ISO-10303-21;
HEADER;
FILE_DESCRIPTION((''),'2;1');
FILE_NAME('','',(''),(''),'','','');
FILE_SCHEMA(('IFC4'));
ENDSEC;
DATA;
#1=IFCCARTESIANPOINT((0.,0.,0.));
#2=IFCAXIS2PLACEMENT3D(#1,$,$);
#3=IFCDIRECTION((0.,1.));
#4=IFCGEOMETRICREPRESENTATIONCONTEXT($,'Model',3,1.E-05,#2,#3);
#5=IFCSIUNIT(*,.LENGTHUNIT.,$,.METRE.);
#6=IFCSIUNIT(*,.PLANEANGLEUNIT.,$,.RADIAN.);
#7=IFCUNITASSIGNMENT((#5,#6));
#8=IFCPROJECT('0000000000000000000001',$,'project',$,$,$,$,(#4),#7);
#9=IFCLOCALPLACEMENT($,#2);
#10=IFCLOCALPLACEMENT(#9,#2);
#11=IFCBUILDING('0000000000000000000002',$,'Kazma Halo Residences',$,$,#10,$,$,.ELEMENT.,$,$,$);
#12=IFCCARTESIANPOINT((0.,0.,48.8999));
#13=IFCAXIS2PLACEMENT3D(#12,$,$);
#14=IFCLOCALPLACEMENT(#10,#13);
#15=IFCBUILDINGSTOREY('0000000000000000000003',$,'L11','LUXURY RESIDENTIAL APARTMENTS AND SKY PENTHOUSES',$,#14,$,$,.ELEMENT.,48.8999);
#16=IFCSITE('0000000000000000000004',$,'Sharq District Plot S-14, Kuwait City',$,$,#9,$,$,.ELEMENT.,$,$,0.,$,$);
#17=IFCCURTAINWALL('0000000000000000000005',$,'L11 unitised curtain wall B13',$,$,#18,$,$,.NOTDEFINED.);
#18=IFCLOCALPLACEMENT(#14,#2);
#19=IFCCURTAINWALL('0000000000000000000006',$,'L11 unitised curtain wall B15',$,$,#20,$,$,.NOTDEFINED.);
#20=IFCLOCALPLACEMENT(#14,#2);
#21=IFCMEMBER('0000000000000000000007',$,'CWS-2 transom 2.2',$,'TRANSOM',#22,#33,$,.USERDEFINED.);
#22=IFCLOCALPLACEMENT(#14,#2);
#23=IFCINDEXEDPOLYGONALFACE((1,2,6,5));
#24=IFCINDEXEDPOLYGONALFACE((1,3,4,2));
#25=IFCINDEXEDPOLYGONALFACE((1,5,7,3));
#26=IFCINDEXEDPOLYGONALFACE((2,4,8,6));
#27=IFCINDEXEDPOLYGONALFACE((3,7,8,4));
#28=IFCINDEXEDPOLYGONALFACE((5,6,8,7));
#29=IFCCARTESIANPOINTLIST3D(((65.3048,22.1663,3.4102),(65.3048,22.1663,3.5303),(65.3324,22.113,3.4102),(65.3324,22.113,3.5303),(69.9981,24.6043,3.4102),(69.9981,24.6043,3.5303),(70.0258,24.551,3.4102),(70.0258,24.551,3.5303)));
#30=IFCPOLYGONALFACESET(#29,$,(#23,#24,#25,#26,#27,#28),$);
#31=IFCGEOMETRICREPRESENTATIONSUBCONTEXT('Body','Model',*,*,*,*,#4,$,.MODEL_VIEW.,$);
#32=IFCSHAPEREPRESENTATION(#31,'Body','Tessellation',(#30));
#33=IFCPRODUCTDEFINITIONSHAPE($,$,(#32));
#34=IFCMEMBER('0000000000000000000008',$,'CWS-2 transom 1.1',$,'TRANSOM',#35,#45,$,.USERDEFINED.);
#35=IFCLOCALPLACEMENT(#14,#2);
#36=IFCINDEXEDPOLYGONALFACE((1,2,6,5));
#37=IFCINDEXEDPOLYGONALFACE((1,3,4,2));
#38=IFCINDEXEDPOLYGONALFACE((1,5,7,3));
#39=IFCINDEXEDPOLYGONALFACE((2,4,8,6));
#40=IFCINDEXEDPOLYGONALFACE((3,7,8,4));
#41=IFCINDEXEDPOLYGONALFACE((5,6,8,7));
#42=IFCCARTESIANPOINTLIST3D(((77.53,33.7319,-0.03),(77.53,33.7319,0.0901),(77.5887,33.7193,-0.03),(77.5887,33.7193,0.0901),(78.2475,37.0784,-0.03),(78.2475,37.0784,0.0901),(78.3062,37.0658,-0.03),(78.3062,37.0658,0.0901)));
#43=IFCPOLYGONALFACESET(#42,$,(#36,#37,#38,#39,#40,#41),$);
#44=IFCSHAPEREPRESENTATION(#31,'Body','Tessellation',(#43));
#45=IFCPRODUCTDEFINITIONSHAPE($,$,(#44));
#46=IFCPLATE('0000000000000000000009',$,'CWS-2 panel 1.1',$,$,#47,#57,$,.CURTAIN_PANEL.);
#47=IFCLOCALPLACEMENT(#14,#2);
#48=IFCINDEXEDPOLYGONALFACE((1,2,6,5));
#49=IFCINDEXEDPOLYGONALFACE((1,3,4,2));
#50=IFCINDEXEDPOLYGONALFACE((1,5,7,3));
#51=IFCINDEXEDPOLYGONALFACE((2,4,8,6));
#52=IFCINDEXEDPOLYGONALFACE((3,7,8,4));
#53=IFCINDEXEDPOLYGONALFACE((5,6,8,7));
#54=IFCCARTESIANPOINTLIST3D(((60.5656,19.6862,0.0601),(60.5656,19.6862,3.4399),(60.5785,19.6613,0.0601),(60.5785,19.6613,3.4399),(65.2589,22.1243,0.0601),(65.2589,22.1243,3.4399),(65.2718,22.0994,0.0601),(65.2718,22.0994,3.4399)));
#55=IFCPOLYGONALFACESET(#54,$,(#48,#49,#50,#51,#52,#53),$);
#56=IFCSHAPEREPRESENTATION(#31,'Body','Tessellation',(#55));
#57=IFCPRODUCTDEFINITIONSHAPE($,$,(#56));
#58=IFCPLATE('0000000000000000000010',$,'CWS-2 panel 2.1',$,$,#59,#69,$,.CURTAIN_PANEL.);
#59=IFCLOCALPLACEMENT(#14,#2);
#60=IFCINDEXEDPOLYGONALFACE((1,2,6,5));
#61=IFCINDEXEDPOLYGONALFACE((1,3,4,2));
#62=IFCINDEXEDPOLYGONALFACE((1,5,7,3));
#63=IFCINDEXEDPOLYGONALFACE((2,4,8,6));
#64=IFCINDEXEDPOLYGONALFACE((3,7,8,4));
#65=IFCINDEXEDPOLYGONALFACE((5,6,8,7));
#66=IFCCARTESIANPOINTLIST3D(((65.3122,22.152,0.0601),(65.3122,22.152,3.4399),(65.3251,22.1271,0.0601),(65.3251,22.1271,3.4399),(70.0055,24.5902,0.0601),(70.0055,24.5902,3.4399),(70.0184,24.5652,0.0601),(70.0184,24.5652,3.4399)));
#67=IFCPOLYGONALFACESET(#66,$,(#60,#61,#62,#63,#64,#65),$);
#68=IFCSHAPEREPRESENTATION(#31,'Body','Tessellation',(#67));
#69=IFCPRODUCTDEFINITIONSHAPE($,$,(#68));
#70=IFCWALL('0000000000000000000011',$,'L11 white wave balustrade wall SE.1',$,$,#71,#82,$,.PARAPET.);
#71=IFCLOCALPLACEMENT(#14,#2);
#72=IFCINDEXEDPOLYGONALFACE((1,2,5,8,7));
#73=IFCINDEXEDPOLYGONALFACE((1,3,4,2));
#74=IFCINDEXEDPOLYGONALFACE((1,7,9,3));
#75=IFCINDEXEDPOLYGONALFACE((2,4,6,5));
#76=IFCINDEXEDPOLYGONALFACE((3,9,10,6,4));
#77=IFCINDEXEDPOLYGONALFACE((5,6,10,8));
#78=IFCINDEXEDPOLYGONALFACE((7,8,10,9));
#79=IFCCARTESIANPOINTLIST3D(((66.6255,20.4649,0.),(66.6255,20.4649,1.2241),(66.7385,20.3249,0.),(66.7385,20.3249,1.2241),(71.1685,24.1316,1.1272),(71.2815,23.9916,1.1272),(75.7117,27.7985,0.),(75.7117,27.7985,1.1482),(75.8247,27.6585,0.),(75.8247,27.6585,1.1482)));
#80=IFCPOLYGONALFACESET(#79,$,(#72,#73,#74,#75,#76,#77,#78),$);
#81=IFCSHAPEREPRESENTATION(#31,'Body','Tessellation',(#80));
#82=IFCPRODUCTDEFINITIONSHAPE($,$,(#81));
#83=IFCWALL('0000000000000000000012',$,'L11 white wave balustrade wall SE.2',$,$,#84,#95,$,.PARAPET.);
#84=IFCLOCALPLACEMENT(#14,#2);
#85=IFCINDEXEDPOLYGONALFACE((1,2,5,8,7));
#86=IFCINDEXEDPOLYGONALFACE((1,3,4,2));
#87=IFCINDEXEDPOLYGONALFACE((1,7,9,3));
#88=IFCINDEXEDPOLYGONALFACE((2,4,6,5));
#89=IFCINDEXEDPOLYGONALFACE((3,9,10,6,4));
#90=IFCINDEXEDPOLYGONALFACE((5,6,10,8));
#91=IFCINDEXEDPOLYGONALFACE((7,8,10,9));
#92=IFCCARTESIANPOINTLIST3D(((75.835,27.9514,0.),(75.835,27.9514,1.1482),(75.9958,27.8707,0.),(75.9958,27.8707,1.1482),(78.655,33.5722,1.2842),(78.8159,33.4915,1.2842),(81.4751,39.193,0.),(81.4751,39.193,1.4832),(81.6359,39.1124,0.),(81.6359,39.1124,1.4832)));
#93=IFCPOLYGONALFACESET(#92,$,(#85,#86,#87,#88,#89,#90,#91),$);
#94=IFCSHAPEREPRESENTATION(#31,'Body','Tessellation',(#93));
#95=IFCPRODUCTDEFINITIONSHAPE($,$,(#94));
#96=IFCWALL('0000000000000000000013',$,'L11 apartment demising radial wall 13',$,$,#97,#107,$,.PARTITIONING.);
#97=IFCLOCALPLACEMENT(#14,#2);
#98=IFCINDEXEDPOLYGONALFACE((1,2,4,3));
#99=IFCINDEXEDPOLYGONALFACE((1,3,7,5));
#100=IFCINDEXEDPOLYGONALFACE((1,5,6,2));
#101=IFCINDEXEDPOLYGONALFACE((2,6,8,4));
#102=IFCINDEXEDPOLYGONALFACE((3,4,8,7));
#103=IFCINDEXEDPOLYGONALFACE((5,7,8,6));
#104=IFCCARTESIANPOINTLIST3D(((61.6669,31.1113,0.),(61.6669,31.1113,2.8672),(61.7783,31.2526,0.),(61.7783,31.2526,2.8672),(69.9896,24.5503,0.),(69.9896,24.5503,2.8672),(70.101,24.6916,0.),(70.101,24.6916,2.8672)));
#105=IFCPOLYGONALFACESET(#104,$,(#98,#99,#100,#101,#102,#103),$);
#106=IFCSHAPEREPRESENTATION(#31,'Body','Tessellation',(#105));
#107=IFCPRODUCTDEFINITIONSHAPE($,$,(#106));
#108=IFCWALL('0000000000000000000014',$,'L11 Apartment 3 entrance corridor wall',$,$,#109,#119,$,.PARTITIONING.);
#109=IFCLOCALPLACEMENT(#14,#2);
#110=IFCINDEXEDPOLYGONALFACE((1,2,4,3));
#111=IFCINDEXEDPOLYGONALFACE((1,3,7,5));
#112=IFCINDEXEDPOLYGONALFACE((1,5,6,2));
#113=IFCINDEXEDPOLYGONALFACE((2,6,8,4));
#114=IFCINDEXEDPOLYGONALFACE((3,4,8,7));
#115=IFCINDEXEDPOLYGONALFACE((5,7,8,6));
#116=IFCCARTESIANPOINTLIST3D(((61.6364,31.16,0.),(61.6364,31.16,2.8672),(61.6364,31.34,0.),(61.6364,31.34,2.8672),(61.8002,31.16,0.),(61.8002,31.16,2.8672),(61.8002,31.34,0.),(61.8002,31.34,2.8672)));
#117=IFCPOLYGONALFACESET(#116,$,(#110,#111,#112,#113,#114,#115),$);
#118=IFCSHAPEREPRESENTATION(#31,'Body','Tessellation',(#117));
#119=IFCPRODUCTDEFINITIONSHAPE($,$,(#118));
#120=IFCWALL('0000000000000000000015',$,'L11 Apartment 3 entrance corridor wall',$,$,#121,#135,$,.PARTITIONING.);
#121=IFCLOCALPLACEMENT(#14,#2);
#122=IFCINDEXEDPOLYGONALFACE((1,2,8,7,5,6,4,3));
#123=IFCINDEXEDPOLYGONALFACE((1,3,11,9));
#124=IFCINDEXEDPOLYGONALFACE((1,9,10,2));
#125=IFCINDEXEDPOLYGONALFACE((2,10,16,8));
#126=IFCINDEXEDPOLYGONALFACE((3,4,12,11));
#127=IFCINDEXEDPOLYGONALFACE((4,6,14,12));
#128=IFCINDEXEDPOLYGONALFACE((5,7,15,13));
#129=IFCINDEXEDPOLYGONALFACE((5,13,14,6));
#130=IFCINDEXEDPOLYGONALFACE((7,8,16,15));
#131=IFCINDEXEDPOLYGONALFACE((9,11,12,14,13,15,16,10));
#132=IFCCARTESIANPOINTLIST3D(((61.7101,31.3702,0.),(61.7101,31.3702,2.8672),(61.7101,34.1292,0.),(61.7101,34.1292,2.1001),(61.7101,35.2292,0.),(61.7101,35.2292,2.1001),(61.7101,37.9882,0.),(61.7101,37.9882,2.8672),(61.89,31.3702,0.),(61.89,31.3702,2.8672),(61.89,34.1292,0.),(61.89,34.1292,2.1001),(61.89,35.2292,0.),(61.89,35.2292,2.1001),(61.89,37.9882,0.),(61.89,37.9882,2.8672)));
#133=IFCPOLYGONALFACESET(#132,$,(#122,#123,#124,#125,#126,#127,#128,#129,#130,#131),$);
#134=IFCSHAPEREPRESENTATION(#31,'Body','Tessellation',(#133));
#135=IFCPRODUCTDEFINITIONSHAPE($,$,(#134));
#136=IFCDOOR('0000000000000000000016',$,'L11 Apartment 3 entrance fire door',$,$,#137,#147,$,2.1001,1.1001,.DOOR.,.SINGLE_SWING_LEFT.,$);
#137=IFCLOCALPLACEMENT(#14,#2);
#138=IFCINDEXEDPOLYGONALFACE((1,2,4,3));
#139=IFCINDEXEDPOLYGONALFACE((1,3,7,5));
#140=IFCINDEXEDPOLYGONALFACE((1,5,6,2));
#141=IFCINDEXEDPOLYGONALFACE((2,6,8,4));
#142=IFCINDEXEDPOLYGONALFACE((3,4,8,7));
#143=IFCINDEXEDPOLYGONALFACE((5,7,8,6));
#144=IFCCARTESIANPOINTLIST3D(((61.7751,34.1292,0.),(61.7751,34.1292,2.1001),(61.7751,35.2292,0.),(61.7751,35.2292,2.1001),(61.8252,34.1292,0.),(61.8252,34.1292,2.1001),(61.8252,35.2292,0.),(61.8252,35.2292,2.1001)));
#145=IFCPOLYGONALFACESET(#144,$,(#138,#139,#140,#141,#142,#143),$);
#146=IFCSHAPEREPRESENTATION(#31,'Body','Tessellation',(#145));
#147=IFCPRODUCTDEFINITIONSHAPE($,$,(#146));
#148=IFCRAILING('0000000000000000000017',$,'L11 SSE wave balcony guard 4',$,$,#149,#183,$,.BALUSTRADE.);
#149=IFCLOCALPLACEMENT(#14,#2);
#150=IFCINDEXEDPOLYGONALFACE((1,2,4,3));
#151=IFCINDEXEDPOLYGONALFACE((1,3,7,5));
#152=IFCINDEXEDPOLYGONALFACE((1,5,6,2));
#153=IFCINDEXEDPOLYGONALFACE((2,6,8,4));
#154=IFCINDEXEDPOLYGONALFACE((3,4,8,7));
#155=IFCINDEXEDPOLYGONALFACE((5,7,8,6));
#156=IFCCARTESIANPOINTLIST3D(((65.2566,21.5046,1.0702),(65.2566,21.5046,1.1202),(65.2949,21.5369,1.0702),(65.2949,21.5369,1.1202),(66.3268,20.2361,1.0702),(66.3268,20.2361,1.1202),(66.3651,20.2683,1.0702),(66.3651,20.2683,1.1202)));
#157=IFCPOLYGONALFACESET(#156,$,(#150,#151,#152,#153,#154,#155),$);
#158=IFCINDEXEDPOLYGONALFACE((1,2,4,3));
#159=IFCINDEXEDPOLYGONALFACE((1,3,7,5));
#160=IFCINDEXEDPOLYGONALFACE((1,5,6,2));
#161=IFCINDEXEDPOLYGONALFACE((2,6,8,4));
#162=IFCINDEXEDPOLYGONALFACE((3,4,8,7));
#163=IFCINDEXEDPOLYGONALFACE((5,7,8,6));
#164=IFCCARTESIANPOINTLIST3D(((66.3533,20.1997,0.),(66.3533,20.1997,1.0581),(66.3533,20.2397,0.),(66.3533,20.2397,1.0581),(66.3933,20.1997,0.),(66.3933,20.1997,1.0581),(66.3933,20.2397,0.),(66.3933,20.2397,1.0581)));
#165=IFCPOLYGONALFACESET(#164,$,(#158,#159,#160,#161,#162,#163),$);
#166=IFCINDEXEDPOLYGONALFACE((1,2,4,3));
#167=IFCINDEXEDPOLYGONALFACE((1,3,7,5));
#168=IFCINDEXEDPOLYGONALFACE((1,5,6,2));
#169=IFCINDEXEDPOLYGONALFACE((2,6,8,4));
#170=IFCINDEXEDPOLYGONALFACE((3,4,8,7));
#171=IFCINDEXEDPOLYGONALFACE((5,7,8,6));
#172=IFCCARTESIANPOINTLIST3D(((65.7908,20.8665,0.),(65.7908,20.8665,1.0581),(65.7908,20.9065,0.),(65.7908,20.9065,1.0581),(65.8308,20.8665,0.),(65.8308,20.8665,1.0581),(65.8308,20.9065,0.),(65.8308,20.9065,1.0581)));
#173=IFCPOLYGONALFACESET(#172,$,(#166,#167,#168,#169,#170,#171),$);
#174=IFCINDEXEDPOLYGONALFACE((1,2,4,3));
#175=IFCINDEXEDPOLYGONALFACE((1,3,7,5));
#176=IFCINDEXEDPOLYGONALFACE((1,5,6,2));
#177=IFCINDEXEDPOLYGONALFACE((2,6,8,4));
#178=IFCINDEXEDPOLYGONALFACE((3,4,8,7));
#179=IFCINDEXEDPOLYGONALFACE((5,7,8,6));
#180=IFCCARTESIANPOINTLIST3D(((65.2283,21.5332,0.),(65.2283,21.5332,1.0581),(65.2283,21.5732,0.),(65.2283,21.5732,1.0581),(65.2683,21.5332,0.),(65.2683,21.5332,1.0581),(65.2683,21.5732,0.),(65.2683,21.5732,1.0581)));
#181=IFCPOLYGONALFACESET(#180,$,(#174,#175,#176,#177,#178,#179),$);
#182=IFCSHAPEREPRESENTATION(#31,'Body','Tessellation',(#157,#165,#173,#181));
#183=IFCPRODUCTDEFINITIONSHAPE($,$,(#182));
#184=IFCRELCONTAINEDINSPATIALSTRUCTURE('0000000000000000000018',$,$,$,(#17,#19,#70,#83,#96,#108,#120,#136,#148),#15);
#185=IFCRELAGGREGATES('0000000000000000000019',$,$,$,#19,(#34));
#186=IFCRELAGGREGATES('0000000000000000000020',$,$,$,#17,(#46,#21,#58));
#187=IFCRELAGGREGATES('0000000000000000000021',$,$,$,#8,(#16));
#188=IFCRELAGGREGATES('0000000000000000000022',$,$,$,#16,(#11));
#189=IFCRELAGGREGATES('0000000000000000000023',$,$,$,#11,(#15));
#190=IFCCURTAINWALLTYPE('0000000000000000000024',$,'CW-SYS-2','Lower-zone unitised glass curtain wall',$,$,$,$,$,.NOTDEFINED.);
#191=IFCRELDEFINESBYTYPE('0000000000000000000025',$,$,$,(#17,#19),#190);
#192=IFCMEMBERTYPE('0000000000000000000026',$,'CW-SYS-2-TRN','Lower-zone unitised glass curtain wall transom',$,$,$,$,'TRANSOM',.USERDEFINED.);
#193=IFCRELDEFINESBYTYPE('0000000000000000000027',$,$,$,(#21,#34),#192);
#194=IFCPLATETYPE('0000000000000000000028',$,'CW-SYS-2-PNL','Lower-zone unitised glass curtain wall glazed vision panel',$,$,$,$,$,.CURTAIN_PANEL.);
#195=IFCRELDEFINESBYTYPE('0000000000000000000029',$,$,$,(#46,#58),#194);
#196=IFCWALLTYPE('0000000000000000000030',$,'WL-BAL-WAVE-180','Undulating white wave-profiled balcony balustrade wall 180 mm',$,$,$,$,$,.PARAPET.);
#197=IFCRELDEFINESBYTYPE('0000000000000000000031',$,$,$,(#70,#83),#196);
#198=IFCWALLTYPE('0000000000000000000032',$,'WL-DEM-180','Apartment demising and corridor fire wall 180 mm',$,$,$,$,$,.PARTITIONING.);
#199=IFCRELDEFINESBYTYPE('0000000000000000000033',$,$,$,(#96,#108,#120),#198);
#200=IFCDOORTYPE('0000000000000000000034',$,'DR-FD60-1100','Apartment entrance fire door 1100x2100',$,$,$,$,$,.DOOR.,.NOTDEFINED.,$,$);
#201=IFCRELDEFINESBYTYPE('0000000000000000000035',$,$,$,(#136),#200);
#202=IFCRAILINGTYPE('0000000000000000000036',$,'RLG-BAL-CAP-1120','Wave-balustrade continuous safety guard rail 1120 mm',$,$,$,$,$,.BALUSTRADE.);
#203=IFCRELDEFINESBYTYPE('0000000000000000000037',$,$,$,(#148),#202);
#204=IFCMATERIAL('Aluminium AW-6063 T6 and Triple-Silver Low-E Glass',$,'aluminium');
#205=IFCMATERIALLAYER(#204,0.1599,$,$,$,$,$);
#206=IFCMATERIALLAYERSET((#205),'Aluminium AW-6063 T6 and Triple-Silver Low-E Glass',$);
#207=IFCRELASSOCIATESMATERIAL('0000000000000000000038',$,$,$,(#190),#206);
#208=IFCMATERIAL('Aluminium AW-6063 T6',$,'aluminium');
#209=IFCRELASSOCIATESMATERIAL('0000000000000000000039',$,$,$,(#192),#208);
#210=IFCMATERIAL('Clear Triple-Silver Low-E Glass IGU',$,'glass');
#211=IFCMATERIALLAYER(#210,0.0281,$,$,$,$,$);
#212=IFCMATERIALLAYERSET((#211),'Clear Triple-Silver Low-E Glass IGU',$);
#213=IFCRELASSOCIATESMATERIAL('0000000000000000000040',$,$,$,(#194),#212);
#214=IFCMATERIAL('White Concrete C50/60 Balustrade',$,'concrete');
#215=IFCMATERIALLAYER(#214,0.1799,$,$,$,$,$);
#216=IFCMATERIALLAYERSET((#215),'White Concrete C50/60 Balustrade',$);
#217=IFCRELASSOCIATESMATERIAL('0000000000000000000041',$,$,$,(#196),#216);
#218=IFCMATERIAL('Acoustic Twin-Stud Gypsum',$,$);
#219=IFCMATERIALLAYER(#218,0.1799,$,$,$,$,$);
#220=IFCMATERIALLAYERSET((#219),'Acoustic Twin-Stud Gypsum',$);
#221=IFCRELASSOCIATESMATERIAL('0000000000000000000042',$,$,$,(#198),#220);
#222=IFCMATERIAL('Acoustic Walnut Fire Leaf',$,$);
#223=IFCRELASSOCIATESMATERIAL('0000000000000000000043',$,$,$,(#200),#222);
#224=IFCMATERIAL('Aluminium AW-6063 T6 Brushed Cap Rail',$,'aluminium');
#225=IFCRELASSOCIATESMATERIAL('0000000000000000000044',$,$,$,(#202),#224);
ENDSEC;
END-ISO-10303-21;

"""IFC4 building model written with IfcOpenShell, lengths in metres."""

from ifc_helpers import new_model, si_unit, direction, frame, frame_2d, origin, origin_2d, place, context, subcontext, project, spatial, polyline, rectangle, outline, extrude, material, layer, layer_set, material_profile, profile_set, type_object, element, fill, aggregate, save


model = new_model("IFC4")

# Units and contexts
model_context = context("Model", 3, precision=1e-05, world=origin(), true_north=direction((0.0, 1.0)))
body_context = subcontext(model_context, "Body", "Model", "MODEL_VIEW")
ifc_project = project(units=[si_unit("LENGTHUNIT", "METRE"), si_unit("PLANEANGLEUNIT", "RADIAN")], contexts=[model_context])

# Site, building, storey
site_placement = place(None, origin())
site = spatial("IfcSite", under=ifc_project, at=site_placement, Name="Sharq District Plot S-14, Kuwait City", CompositionType="ELEMENT", RefElevation=0.0)
building_placement = place(site_placement, origin())
building = spatial("IfcBuilding", under=site, at=building_placement, Name="Kazma Halo Residences", CompositionType="ELEMENT")
storey_placement = place(building_placement, frame((0.0, 0.0, 48.8999)))
storey = spatial("IfcBuildingStorey", under=building, at=storey_placement, Name="L11", Description="LUXURY RESIDENTIAL APARTMENTS AND SKY PENTHOUSES", CompositionType="ELEMENT", Elevation=48.8999)

# Curtain wall
ifc_material_1 = material(Name="Aluminium AW-6063 T6 and Triple-Silver Low-E Glass", Category="aluminium")
ifc_layer_1 = layer(ifc_material_1, 0.1599)
ifc_layer_set_1 = layer_set([ifc_layer_1], Name="Aluminium AW-6063 T6 and Triple-Silver Low-E Glass")
curtain_wall_type = type_object("IfcCurtainWallType", Name="CW-SYS-2", Description="Lower-zone unitised glass curtain wall", PredefinedType="NOTDEFINED", material=ifc_layer_set_1)
curtain_wall_1_placement = place(storey_placement, origin())
curtain_wall_1 = element("IfcCurtainWall", 1, at=curtain_wall_1_placement, inside=storey, type_object=curtain_wall_type, Name="L11 unitised curtain wall B13", PredefinedType="NOTDEFINED")
ifc_material_2 = material(Name="Aluminium AW-6063 T6", Category="aluminium")

# Curtain wall
curtain_wall_2_placement = place(storey_placement, origin())
curtain_wall_2 = element("IfcCurtainWall", 2, at=curtain_wall_2_placement, inside=storey, type_object=curtain_wall_type, Name="L11 unitised curtain wall B15", PredefinedType="NOTDEFINED")

# Members
ifc_material_profile_1 = material_profile(ifc_material_2, rectangle(XDim=0.0601, YDim=0.1201, at=origin_2d()), Name="CWT-60x120")
ifc_profile_set_1 = profile_set([ifc_material_profile_1], Name="Aluminium AW-6063 T6")
member_type_1 = type_object("IfcMemberType", Name="CW-SYS-2-TRN", Description="Lower-zone unitised glass curtain wall transom", ElementType="TRANSOM", PredefinedType="USERDEFINED", material=ifc_profile_set_1)
member_1_placement = place(storey_placement, frame((65.3186, 22.1396, 3.4702), z_axis=(0.887415, 0.460972, 0.0), x_axis=(-0.460972, 0.887415, 0.0)))
member_1 = element("IfcMember", 3, at=member_1_placement, type_object=member_type_1, Name="CWS-2 transom 2.2", ObjectType="TRANSOM", PredefinedType="USERDEFINED", context=body_context, shape_type="SweptSolid", body=[
    extrude(rectangle(XDim=0.0601, YDim=0.1201, at=origin_2d()), origin(), (0.0, 0.0, 1.0), 5.2888),
])
member_2_placement = place(storey_placement, frame((77.5593, 33.7256, 0.03), z_axis=(0.209651, 0.977776, 0.0), x_axis=(-0.977776, 0.209651, 0.0)))
member_2 = element("IfcMember", 4, at=member_2_placement, type_object=member_type_1, Name="CWS-2 transom 1.1", ObjectType="TRANSOM", PredefinedType="USERDEFINED", context=body_context, shape_type="SweptSolid", body=[
    extrude(rectangle(XDim=0.0601, YDim=0.1201, at=origin_2d()), origin(), (0.0, 0.0, 1.0), 3.4226),
])
aggregate(curtain_wall_2, [member_2])

# Plates
ifc_material_3 = material(Name="Clear Triple-Silver Low-E Glass IGU", Category="glass")
ifc_layer_2 = layer(ifc_material_3, 0.0281)
ifc_layer_set_2 = layer_set([ifc_layer_2], Name="Clear Triple-Silver Low-E Glass IGU")
plate_type = type_object("IfcPlateType", Name="CW-SYS-2-PNL", Description="Lower-zone unitised glass curtain wall glazed vision panel", PredefinedType="CURTAIN_PANEL", material=ifc_layer_set_2)
plate_1_placement = place(storey_placement, frame((62.9187, 20.8928, 0.0601), z_axis=(0.0, 0.0, 1.0), x_axis=(0.887402, 0.460996, 0.0)))
plate_1 = element("IfcPlate", 5, at=plate_1_placement, type_object=plate_type, Name="CWS-2 panel 1.1", PredefinedType="CURTAIN_PANEL", context=body_context, shape_type="SweptSolid", body=[
    extrude(rectangle(XDim=5.2888, YDim=0.0281, at=origin_2d()), origin(), (0.0, 0.0, 1.0), 3.3799),
])
plate_2_placement = place(storey_placement, frame((67.6653, 23.3586, 0.0601), z_axis=(0.0, 0.0, 1.0), x_axis=(0.887402, 0.460996, 0.0)))
plate_2 = element("IfcPlate", 6, at=plate_2_placement, type_object=plate_type, Name="CWS-2 panel 2.1", PredefinedType="CURTAIN_PANEL", context=body_context, shape_type="SweptSolid", body=[
    extrude(rectangle(XDim=5.2888, YDim=0.0281, at=origin_2d()), origin(), (0.0, 0.0, 1.0), 3.3799),
])
aggregate(curtain_wall_1, [plate_1, member_1, plate_2])

# Walls
ifc_material_4 = material(Name="White Concrete C50/60 Balustrade", Category="concrete")
ifc_layer_3 = layer(ifc_material_4, 0.1799)
ifc_layer_set_3 = layer_set([ifc_layer_3], Name="White Concrete C50/60 Balustrade")
wall_type_1 = type_object("IfcWallType", Name="WL-BAL-WAVE-180", Description="Undulating white wave-profiled balcony balustrade wall 180 mm", PredefinedType="PARAPET", material=ifc_layer_set_3)
wall_1_placement = place(storey_placement, frame((66.6819, 20.395, 0.0), z_axis=(0.0, 0.0, 1.0), x_axis=(0.778165, 0.62806, 0.0)))
element("IfcWall", 7, at=wall_1_placement, inside=storey, type_object=wall_type_1, Name="L11 white wave balustrade wall SE.1", PredefinedType="PARAPET", context=body_context, shape_type="SweptSolid", body=[
    extrude(outline(polyline([(0.0, 0.0), (11.6765, 0.0), (11.6765, 1.1482), (5.8381, 1.1272), (0.0, 1.2241), (0.0, 0.0)])), frame((0.0, 0.0898, 0.0), z_axis=(0.0, -1.0, 0.0), x_axis=(1.0, 0.0, 0.0)), (0.0, 0.0, 1.0), 0.1799),
])
wall_2_placement = place(storey_placement, frame((75.9153, 27.9111, 0.0), z_axis=(0.0, 0.0, 1.0), x_axis=(0.44844, 0.893813, 0.0)))
element("IfcWall", 8, at=wall_2_placement, inside=storey, type_object=wall_type_1, Name="L11 white wave balustrade wall SE.2", PredefinedType="PARAPET", context=body_context, shape_type="SweptSolid", body=[
    extrude(outline(polyline([(0.0, 0.0), (12.5771, 0.0), (12.5771, 1.4832), (6.2886, 1.2842), (0.0, 1.1482), (0.0, 0.0)])), frame((0.0, 0.0898, 0.0), z_axis=(0.0, -1.0, 0.0), x_axis=(1.0, 0.0, 0.0)), (0.0, 0.0, 1.0), 0.1799),
])
ifc_material_5 = material(Name="Acoustic Twin-Stud Gypsum")
ifc_layer_4 = layer(ifc_material_5, 0.1799)
ifc_layer_set_4 = layer_set([ifc_layer_4], Name="Acoustic Twin-Stud Gypsum")
wall_type_2 = type_object("IfcWallType", Name="WL-DEM-180", Description="Apartment demising and corridor fire wall 180 mm", PredefinedType="PARTITIONING", material=ifc_layer_set_4)
wall_3_placement = place(storey_placement, frame((61.7227, 31.1819, 0.0), z_axis=(0.0, 0.0, 1.0), x_axis=(0.785321, -0.619088, 0.0)))
element("IfcWall", 9, at=wall_3_placement, inside=storey, type_object=wall_type_2, Name="L11 apartment demising radial wall 13", PredefinedType="PARTITIONING", context=body_context, shape_type="SweptSolid", body=[
    extrude(rectangle(XDim=10.5979, YDim=0.1799, at=frame_2d((5.2988, 0.0))), origin(), (0.0, 0.0, 1.0), 2.8672),
])
wall_4_placement = place(storey_placement, frame((61.6362, 31.25, 0.0), z_axis=(0.0, 0.0, 1.0), x_axis=(1.0, 0.0, 0.0)))
element("IfcWall", 10, at=wall_4_placement, inside=storey, type_object=wall_type_2, Name="L11 Apartment 3 entrance corridor wall", PredefinedType="PARTITIONING", context=body_context, shape_type="SweptSolid", body=[
    extrude(rectangle(XDim=0.1638, YDim=0.1799, at=frame_2d((0.082, 0.0))), origin(), (0.0, 0.0, 1.0), 2.8672),
])

# Wall, opening, door
wall_5_placement = place(storey_placement, frame((61.8, 31.3701, 0.0), z_axis=(0.0, 0.0, 1.0), x_axis=(0.0, 1.0, 0.0)))
wall_5 = element("IfcWall", 11, at=wall_5_placement, inside=storey, type_object=wall_type_2, Name="L11 Apartment 3 entrance corridor wall", PredefinedType="PARTITIONING", context=body_context, shape_type="SweptSolid", body=[
    extrude(rectangle(XDim=6.6179, YDim=0.1799, at=frame_2d((3.3091, 0.0))), origin(), (0.0, 0.0, 1.0), 2.8672),
])
opening_1_placement = place(wall_5_placement, frame((2.759, 0.0, 0.0)))
opening_1 = element("IfcOpeningElement", 12, at=opening_1_placement, cuts=wall_5, PredefinedType="OPENING", context=body_context, shape_type="SweptSolid", body=[
    extrude(rectangle(XDim=1.1001, YDim=2.1001, at=frame_2d((0.55, 1.05))), frame((0.0, 0.0999, 0.0), z_axis=(0.0, -1.0, 0.0), x_axis=(1.0, 0.0, 0.0)), (0.0, 0.0, 1.0), 0.2),
])
ifc_material_6 = material(Name="Acoustic Walnut Fire Leaf")
door_type_1 = type_object("IfcDoorType", Name="DR-FD60-1100", Description="Apartment entrance fire door 1100x2100", OperationType="NOTDEFINED", PredefinedType="DOOR", material=ifc_material_6)
door_1_placement = place(opening_1_placement, origin())
door_1 = element("IfcDoor", 13, at=door_1_placement, inside=storey, type_object=door_type_1, Name="L11 Apartment 3 entrance fire door", OperationType="SINGLE_SWING_LEFT", OverallHeight=2.1001, OverallWidth=1.1001, PredefinedType="DOOR", context=body_context, shape_type="SweptSolid", body=[
    extrude(rectangle(XDim=1.1001, YDim=2.1001, at=frame_2d((0.55, 1.05))), frame((0.0, 0.0249, 0.0), z_axis=(0.0, -1.0, 0.0), x_axis=(1.0, 0.0, 0.0)), (0.0, 0.0, 1.0), 0.05),
])
fill(opening_1, door_1)

# Railing
ifc_material_7 = material(Name="Aluminium AW-6063 T6 Brushed Cap Rail", Category="aluminium")
railing_type = type_object("IfcRailingType", Name="RLG-BAL-CAP-1120", Description="Wave-balustrade continuous safety guard rail 1120 mm", PredefinedType="BALUSTRADE", material=ifc_material_7)
railing_1_placement = place(storey_placement, frame((66.3733, 20.2197, 0.0)))
element("IfcRailing", 14, at=railing_1_placement, inside=storey, type_object=railing_type, Name="L11 SSE wave balcony guard 4", PredefinedType="BALUSTRADE", context=body_context, shape_type="SweptSolid", body=[
    extrude(rectangle(XDim=0.05, YDim=0.05, at=origin_2d()), frame((-0.0273, 0.0325, 1.0952), z_axis=(-0.644825, 0.76433, 0.0), x_axis=(-0.76433, -0.644825, 0.0)), (0.0, 0.0, 1.0), 1.6597),
    extrude(rectangle(XDim=0.04, YDim=0.04, at=origin_2d()), origin(), (0.0, 0.0, 1.0), 1.0581),
    extrude(rectangle(XDim=0.04, YDim=0.04, at=origin_2d()), frame((-0.5625, 0.6667, 0.0)), (0.0, 0.0, 1.0), 1.0581),
    extrude(rectangle(XDim=0.04, YDim=0.04, at=origin_2d()), frame((-1.125, 1.3335, 0.0)), (0.0, 0.0, 1.0), 1.0581),
])

save(model, "model.ifc")
